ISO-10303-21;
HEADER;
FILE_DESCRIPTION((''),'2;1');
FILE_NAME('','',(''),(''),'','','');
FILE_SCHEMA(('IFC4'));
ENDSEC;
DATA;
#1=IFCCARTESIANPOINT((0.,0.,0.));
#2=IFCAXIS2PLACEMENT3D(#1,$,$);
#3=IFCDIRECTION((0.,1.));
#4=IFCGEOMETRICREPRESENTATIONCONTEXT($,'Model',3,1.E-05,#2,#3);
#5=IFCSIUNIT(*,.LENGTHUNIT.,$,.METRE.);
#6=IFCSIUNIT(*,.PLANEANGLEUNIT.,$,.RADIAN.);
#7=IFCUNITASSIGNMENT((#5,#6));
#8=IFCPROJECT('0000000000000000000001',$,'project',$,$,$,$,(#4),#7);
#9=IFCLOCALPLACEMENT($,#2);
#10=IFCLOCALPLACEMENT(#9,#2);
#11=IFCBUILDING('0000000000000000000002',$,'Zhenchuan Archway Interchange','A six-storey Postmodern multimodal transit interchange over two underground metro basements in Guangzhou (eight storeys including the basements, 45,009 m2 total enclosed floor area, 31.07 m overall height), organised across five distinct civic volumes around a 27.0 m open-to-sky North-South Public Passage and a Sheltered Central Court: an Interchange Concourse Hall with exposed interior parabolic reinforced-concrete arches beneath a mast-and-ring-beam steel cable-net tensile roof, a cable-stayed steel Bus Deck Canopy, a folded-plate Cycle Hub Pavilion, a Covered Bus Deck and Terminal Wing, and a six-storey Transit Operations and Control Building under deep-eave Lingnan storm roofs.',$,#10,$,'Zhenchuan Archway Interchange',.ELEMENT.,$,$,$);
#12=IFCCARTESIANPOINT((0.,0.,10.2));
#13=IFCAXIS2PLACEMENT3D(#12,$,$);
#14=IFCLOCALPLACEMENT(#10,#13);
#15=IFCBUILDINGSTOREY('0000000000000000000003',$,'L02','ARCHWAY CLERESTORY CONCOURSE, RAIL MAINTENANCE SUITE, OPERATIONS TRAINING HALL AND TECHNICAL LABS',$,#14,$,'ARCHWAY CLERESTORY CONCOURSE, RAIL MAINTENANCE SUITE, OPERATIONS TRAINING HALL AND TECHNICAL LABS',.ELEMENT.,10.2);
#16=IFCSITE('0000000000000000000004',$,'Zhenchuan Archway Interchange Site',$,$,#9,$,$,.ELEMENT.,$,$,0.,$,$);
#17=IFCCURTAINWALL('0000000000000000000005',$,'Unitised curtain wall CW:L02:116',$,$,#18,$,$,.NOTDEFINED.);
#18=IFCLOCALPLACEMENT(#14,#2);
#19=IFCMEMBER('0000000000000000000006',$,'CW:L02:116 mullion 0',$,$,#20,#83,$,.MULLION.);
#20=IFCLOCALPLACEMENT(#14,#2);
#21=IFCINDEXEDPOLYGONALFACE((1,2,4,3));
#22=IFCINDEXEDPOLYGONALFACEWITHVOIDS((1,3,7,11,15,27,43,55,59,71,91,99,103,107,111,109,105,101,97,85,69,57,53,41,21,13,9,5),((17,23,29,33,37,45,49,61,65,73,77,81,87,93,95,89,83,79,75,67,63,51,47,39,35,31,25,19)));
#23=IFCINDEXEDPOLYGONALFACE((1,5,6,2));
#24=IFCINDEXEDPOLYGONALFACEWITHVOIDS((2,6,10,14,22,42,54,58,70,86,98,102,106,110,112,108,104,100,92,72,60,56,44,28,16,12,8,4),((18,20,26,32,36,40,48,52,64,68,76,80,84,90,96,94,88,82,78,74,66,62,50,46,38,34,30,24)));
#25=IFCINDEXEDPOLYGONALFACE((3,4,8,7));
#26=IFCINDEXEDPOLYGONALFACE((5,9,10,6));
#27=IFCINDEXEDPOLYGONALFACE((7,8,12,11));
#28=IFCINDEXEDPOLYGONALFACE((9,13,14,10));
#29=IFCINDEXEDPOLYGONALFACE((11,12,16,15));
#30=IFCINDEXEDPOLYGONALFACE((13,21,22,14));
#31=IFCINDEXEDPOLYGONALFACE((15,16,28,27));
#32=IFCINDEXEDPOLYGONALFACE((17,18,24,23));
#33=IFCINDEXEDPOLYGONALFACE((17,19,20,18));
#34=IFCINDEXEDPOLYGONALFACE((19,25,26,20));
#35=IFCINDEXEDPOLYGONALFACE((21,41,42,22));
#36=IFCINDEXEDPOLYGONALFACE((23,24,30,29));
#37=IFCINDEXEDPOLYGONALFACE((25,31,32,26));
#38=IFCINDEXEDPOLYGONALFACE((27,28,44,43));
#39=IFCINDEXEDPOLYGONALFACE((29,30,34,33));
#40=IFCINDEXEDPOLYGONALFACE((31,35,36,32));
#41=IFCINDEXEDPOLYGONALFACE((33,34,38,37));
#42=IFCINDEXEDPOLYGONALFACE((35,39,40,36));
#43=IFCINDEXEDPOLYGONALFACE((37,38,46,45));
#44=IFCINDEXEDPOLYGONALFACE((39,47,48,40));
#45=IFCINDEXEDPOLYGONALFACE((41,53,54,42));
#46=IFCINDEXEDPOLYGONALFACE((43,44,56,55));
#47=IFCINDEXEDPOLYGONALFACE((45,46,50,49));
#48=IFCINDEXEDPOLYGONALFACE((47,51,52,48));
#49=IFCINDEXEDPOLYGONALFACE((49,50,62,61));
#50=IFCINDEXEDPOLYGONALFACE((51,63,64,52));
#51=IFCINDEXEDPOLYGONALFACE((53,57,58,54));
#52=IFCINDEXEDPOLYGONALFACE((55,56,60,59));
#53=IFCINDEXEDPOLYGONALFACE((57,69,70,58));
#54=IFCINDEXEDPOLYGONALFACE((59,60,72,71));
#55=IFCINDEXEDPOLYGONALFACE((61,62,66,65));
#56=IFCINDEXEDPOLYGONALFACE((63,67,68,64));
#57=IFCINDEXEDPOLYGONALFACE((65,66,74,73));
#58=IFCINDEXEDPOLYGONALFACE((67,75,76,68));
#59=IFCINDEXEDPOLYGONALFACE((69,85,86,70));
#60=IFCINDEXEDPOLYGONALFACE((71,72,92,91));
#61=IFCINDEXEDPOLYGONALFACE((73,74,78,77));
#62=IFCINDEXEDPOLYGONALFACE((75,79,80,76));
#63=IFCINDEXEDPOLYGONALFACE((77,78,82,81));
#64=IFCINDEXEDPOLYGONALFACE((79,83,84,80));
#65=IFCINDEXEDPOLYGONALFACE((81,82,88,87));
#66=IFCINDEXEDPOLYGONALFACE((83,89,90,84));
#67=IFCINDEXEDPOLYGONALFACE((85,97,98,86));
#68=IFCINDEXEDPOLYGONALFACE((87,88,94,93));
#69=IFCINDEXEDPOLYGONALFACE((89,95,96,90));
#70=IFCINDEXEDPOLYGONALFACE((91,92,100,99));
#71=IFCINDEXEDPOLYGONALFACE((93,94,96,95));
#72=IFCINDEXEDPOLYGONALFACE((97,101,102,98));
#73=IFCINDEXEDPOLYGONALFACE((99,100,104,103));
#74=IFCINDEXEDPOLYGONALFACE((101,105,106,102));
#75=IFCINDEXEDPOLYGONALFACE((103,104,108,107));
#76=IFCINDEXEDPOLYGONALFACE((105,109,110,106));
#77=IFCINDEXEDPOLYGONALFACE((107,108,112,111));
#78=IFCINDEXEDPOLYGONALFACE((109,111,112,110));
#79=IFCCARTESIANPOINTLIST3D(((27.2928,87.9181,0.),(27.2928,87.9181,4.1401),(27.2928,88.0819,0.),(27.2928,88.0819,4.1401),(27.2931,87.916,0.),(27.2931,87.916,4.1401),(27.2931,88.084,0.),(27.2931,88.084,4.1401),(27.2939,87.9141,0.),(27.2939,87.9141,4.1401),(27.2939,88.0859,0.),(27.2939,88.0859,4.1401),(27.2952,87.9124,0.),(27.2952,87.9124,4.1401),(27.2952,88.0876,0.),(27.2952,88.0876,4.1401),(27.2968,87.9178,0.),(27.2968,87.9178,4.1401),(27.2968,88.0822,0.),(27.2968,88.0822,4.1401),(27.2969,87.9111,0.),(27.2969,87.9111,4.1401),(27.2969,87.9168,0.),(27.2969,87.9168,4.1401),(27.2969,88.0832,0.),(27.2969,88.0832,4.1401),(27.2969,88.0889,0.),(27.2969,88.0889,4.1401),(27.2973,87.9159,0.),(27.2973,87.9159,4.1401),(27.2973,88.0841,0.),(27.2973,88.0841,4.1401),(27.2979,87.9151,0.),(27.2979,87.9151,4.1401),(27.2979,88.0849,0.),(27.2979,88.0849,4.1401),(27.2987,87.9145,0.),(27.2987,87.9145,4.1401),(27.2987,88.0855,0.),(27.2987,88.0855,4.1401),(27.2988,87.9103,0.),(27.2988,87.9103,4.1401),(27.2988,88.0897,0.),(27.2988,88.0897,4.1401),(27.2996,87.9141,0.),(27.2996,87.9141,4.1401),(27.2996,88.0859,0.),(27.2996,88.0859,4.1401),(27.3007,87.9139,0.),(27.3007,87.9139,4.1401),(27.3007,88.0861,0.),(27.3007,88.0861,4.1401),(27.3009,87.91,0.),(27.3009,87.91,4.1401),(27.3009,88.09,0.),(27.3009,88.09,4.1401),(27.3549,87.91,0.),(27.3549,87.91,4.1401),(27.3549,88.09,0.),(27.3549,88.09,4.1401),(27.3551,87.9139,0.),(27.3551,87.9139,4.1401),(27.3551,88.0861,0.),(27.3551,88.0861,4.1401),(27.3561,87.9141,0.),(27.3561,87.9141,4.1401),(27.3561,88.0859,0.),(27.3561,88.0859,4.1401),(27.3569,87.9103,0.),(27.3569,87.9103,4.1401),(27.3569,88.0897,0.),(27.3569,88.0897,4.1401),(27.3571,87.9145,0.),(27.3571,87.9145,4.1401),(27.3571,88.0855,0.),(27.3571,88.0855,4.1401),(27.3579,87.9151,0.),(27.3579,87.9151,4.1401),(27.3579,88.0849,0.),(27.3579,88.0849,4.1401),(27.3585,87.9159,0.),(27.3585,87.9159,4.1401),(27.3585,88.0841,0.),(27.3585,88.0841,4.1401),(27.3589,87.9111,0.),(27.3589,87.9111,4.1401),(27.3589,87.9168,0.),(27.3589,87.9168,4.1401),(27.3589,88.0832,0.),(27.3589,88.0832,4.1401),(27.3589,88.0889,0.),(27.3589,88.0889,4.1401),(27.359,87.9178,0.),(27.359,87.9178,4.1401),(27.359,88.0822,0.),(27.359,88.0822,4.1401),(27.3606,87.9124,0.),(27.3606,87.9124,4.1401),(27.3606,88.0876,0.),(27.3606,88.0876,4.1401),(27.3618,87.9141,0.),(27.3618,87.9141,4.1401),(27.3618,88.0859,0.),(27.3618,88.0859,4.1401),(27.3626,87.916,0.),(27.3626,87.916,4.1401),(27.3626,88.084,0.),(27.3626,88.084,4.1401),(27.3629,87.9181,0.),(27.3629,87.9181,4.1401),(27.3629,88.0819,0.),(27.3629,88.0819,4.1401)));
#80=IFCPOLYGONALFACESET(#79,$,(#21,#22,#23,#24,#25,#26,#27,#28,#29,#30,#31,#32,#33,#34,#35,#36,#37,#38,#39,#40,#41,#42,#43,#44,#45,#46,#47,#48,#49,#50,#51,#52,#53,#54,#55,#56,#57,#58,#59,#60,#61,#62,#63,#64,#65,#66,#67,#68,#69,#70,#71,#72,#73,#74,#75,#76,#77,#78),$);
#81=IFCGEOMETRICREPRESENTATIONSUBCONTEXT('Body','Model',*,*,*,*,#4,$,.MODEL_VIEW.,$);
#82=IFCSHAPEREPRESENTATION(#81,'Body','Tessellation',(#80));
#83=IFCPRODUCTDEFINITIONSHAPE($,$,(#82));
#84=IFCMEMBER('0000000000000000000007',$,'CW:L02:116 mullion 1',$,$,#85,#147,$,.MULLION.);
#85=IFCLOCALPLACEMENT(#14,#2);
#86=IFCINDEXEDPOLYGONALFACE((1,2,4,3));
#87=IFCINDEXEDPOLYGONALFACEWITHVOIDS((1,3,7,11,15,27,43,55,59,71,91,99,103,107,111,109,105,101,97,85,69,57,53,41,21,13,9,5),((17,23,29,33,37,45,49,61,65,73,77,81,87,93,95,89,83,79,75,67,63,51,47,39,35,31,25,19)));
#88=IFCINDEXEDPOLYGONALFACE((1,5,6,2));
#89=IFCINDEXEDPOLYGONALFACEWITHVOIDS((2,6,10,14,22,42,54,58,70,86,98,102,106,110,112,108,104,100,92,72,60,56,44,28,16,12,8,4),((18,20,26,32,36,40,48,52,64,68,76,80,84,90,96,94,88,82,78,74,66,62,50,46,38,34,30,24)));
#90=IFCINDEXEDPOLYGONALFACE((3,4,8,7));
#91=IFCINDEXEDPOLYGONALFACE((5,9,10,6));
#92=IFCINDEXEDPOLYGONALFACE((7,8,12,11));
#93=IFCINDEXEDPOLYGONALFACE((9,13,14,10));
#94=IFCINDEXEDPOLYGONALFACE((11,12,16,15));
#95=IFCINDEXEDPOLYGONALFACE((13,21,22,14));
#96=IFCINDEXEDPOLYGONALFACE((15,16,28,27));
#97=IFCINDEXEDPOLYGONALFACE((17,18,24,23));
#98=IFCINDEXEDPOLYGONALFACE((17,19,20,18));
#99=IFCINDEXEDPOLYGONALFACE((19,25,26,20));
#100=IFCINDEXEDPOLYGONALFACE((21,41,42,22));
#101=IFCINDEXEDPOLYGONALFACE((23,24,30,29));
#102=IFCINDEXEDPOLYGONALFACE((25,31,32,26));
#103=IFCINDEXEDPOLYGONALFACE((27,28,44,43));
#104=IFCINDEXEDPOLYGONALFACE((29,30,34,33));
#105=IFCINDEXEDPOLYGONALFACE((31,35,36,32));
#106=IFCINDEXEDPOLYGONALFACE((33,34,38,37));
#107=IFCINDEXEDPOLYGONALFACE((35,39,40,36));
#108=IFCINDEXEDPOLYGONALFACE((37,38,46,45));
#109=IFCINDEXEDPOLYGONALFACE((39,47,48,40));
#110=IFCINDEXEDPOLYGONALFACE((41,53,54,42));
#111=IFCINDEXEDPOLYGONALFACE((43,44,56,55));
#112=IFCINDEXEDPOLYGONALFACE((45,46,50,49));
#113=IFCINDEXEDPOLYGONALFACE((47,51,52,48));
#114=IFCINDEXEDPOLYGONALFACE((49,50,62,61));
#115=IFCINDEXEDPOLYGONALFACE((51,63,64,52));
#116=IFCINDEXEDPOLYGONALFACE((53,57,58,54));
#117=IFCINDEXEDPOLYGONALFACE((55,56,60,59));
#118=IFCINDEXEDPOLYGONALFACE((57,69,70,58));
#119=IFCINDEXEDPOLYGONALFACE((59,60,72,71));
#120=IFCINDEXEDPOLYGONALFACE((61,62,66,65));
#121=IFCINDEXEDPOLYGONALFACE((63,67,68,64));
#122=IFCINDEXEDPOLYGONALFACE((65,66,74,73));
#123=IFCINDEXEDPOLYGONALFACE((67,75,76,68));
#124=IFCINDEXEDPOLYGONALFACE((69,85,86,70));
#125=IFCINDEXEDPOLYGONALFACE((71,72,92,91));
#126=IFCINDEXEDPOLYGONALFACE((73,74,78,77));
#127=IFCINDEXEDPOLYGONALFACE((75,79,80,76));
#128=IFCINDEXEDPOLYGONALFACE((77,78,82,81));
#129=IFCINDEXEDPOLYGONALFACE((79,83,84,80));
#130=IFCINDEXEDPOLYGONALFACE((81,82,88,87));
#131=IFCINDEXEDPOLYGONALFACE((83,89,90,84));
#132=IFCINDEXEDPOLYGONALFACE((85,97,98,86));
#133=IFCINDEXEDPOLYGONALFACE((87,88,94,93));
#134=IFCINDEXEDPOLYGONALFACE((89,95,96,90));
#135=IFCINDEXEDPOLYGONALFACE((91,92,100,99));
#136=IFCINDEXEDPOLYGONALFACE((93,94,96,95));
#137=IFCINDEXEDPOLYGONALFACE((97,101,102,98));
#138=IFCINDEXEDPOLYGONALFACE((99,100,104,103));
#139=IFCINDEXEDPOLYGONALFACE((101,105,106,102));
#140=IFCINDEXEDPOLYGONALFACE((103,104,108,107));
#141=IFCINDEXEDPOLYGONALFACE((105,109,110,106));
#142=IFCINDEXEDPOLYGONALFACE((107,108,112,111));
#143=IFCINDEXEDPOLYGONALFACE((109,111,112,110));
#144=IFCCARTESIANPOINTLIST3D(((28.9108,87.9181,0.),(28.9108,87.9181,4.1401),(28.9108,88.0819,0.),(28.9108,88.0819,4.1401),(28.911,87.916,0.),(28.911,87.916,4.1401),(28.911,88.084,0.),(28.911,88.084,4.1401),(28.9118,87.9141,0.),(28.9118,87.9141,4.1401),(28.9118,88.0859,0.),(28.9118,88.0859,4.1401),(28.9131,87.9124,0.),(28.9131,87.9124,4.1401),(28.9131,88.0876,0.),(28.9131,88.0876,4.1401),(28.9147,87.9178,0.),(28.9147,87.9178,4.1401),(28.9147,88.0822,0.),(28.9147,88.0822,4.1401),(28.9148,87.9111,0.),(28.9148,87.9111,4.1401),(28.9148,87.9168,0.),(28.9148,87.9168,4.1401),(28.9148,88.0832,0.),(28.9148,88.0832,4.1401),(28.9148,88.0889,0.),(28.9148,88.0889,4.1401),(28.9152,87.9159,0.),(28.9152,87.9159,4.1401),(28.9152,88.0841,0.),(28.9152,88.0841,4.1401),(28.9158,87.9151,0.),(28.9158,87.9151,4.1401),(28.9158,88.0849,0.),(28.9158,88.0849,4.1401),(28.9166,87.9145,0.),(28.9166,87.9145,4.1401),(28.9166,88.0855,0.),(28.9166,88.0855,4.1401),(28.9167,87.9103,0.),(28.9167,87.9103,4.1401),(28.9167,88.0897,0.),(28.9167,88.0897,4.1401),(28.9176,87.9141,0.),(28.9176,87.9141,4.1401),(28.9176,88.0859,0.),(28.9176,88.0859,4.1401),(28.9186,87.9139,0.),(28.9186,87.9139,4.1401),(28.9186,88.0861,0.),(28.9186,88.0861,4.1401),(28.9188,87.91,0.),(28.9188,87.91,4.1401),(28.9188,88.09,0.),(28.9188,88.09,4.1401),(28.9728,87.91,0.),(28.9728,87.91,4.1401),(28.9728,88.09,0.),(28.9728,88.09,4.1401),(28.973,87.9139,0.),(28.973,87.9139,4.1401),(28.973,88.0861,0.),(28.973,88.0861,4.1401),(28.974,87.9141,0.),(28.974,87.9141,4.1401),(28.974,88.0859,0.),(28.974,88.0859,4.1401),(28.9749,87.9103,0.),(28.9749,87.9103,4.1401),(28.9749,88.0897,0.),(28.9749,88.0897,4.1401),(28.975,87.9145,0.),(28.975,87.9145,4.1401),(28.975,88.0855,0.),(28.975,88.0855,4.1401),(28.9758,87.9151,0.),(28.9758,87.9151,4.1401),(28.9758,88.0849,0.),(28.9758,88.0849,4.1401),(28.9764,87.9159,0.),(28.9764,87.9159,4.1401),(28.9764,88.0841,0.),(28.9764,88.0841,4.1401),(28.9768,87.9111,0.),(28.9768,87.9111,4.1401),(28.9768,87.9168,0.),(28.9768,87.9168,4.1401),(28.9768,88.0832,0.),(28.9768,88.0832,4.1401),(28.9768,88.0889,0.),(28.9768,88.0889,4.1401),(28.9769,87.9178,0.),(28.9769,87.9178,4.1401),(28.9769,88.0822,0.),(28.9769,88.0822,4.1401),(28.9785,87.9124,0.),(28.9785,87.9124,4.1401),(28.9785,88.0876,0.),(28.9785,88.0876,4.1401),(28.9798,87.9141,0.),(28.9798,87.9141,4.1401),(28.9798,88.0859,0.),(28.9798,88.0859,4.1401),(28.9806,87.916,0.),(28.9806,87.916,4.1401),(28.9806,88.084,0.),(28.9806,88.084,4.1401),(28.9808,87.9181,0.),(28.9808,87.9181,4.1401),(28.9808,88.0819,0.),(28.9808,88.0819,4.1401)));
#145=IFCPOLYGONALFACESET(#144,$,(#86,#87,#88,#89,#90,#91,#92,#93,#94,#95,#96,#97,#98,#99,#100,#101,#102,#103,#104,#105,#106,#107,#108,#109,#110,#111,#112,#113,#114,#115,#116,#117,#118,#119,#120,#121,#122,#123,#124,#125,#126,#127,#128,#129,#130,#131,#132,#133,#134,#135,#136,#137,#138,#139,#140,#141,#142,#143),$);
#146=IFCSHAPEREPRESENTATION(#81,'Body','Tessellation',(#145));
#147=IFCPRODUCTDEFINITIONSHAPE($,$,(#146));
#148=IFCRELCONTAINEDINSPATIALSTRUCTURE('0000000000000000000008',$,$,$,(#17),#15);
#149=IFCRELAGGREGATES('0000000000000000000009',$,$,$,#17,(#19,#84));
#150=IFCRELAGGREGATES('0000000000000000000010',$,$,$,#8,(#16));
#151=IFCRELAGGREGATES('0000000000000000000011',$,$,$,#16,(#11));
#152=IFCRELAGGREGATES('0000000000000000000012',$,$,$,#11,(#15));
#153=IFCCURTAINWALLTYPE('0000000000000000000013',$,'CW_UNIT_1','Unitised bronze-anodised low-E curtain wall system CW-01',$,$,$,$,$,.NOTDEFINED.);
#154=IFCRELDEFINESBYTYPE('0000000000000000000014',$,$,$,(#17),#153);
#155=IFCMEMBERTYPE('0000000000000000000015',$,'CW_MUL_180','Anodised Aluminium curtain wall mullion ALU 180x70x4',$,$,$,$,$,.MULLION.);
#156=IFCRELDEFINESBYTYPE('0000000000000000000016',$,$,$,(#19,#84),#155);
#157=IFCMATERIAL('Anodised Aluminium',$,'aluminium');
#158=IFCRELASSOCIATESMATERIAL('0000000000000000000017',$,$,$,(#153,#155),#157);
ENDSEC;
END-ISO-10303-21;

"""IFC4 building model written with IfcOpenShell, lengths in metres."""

from ifc_helpers import new_model, si_unit, direction, frame, origin, origin_2d, place, context, subcontext, project, spatial, hollow_rectangle, extrude, material, material_profile, profile_set, type_object, element, aggregate, save


model = new_model("IFC4")

# Units and contexts
model_context = context("Model", 3, precision=1e-05, world=origin(), true_north=direction((0.0, 1.0)))
body_context = subcontext(model_context, "Body", "Model", "MODEL_VIEW")
ifc_project = project(units=[si_unit("LENGTHUNIT", "METRE"), si_unit("PLANEANGLEUNIT", "RADIAN")], contexts=[model_context])

# Site, building, storey
site_placement = place(None, origin())
site = spatial("IfcSite", under=ifc_project, at=site_placement, Name="Zhenchuan Archway Interchange Site", CompositionType="ELEMENT", RefElevation=0.0)
building_placement = place(site_placement, origin())
building = spatial("IfcBuilding", under=site, at=building_placement, Name="Zhenchuan Archway Interchange", Description="A six-storey Postmodern multimodal transit interchange over two underground metro basements in Guangzhou (eight storeys including the basements, 45,009 m2 total enclosed floor area, 31.07 m overall height), organised across five distinct civic volumes around a 27.0 m open-to-sky North-South Public Passage and a Sheltered Central Court: an Interchange Concourse Hall with exposed interior parabolic reinforced-concrete arches beneath a mast-and-ring-beam steel cable-net tensile roof, a cable-stayed steel Bus Deck Canopy, a folded-plate Cycle Hub Pavilion, a Covered Bus Deck and Terminal Wing, and a six-storey Transit Operations and Control Building under deep-eave Lingnan storm roofs.", LongName="Zhenchuan Archway Interchange", CompositionType="ELEMENT")
storey_placement = place(building_placement, frame((0.0, 0.0, 10.2)))
storey = spatial("IfcBuildingStorey", under=building, at=storey_placement, Name="L02", Description="ARCHWAY CLERESTORY CONCOURSE, RAIL MAINTENANCE SUITE, OPERATIONS TRAINING HALL AND TECHNICAL LABS", LongName="ARCHWAY CLERESTORY CONCOURSE, RAIL MAINTENANCE SUITE, OPERATIONS TRAINING HALL AND TECHNICAL LABS", CompositionType="ELEMENT", Elevation=10.2)

# Curtain wall, members
ifc_material_1 = material(Name="Anodised Aluminium", Category="aluminium")
curtain_wall_type = type_object("IfcCurtainWallType", Name="CW_UNIT_1", Description="Unitised bronze-anodised low-E curtain wall system CW-01", PredefinedType="NOTDEFINED", material=ifc_material_1)
curtain_wall_placement = place(storey_placement, origin())
curtain_wall = element("IfcCurtainWall", 1, at=curtain_wall_placement, inside=storey, type_object=curtain_wall_type, Name="Unitised curtain wall CW:L02:116", PredefinedType="NOTDEFINED")
ifc_material_profile_1 = material_profile(ifc_material_1, hollow_rectangle(XDim=0.0701, YDim=0.1799, WallThickness=0.0039, InnerFilletRadius=0.0039, OuterFilletRadius=0.0081, at=origin_2d()), Name="ALU 180x70x4")
ifc_profile_set_1 = profile_set([ifc_material_profile_1], Name="Anodised Aluminium")
member_type_1 = type_object("IfcMemberType", Name="CW_MUL_180", Description="Anodised Aluminium curtain wall mullion ALU 180x70x4", PredefinedType="MULLION", material=ifc_profile_set_1)
member_1_placement = place(storey_placement, frame((27.3279, 88.0, 0.0), z_axis=(0.0, 0.0, 1.0), x_axis=(1.0, 0.0, 0.0)))
member_1 = element("IfcMember", 2, at=member_1_placement, type_object=member_type_1, Name="CW:L02:116 mullion 0", PredefinedType="MULLION", context=body_context, shape_type="SweptSolid", body=[
    extrude(hollow_rectangle(XDim=0.0701, YDim=0.1799, WallThickness=0.0039, InnerFilletRadius=0.0039, OuterFilletRadius=0.0081, at=origin_2d()), origin(), (0.0, 0.0, 1.0), 4.1401),
])
member_2_placement = place(storey_placement, frame((28.9458, 88.0, 0.0), z_axis=(0.0, 0.0, 1.0), x_axis=(1.0, 0.0, 0.0)))
member_2 = element("IfcMember", 3, at=member_2_placement, type_object=member_type_1, Name="CW:L02:116 mullion 1", PredefinedType="MULLION", context=body_context, shape_type="SweptSolid", body=[
    extrude(hollow_rectangle(XDim=0.0701, YDim=0.1799, WallThickness=0.0039, InnerFilletRadius=0.0039, OuterFilletRadius=0.0081, at=origin_2d()), origin(), (0.0, 0.0, 1.0), 4.1401),
])

aggregate(curtain_wall, [member_1, member_2])

save(model, "model.ifc")
